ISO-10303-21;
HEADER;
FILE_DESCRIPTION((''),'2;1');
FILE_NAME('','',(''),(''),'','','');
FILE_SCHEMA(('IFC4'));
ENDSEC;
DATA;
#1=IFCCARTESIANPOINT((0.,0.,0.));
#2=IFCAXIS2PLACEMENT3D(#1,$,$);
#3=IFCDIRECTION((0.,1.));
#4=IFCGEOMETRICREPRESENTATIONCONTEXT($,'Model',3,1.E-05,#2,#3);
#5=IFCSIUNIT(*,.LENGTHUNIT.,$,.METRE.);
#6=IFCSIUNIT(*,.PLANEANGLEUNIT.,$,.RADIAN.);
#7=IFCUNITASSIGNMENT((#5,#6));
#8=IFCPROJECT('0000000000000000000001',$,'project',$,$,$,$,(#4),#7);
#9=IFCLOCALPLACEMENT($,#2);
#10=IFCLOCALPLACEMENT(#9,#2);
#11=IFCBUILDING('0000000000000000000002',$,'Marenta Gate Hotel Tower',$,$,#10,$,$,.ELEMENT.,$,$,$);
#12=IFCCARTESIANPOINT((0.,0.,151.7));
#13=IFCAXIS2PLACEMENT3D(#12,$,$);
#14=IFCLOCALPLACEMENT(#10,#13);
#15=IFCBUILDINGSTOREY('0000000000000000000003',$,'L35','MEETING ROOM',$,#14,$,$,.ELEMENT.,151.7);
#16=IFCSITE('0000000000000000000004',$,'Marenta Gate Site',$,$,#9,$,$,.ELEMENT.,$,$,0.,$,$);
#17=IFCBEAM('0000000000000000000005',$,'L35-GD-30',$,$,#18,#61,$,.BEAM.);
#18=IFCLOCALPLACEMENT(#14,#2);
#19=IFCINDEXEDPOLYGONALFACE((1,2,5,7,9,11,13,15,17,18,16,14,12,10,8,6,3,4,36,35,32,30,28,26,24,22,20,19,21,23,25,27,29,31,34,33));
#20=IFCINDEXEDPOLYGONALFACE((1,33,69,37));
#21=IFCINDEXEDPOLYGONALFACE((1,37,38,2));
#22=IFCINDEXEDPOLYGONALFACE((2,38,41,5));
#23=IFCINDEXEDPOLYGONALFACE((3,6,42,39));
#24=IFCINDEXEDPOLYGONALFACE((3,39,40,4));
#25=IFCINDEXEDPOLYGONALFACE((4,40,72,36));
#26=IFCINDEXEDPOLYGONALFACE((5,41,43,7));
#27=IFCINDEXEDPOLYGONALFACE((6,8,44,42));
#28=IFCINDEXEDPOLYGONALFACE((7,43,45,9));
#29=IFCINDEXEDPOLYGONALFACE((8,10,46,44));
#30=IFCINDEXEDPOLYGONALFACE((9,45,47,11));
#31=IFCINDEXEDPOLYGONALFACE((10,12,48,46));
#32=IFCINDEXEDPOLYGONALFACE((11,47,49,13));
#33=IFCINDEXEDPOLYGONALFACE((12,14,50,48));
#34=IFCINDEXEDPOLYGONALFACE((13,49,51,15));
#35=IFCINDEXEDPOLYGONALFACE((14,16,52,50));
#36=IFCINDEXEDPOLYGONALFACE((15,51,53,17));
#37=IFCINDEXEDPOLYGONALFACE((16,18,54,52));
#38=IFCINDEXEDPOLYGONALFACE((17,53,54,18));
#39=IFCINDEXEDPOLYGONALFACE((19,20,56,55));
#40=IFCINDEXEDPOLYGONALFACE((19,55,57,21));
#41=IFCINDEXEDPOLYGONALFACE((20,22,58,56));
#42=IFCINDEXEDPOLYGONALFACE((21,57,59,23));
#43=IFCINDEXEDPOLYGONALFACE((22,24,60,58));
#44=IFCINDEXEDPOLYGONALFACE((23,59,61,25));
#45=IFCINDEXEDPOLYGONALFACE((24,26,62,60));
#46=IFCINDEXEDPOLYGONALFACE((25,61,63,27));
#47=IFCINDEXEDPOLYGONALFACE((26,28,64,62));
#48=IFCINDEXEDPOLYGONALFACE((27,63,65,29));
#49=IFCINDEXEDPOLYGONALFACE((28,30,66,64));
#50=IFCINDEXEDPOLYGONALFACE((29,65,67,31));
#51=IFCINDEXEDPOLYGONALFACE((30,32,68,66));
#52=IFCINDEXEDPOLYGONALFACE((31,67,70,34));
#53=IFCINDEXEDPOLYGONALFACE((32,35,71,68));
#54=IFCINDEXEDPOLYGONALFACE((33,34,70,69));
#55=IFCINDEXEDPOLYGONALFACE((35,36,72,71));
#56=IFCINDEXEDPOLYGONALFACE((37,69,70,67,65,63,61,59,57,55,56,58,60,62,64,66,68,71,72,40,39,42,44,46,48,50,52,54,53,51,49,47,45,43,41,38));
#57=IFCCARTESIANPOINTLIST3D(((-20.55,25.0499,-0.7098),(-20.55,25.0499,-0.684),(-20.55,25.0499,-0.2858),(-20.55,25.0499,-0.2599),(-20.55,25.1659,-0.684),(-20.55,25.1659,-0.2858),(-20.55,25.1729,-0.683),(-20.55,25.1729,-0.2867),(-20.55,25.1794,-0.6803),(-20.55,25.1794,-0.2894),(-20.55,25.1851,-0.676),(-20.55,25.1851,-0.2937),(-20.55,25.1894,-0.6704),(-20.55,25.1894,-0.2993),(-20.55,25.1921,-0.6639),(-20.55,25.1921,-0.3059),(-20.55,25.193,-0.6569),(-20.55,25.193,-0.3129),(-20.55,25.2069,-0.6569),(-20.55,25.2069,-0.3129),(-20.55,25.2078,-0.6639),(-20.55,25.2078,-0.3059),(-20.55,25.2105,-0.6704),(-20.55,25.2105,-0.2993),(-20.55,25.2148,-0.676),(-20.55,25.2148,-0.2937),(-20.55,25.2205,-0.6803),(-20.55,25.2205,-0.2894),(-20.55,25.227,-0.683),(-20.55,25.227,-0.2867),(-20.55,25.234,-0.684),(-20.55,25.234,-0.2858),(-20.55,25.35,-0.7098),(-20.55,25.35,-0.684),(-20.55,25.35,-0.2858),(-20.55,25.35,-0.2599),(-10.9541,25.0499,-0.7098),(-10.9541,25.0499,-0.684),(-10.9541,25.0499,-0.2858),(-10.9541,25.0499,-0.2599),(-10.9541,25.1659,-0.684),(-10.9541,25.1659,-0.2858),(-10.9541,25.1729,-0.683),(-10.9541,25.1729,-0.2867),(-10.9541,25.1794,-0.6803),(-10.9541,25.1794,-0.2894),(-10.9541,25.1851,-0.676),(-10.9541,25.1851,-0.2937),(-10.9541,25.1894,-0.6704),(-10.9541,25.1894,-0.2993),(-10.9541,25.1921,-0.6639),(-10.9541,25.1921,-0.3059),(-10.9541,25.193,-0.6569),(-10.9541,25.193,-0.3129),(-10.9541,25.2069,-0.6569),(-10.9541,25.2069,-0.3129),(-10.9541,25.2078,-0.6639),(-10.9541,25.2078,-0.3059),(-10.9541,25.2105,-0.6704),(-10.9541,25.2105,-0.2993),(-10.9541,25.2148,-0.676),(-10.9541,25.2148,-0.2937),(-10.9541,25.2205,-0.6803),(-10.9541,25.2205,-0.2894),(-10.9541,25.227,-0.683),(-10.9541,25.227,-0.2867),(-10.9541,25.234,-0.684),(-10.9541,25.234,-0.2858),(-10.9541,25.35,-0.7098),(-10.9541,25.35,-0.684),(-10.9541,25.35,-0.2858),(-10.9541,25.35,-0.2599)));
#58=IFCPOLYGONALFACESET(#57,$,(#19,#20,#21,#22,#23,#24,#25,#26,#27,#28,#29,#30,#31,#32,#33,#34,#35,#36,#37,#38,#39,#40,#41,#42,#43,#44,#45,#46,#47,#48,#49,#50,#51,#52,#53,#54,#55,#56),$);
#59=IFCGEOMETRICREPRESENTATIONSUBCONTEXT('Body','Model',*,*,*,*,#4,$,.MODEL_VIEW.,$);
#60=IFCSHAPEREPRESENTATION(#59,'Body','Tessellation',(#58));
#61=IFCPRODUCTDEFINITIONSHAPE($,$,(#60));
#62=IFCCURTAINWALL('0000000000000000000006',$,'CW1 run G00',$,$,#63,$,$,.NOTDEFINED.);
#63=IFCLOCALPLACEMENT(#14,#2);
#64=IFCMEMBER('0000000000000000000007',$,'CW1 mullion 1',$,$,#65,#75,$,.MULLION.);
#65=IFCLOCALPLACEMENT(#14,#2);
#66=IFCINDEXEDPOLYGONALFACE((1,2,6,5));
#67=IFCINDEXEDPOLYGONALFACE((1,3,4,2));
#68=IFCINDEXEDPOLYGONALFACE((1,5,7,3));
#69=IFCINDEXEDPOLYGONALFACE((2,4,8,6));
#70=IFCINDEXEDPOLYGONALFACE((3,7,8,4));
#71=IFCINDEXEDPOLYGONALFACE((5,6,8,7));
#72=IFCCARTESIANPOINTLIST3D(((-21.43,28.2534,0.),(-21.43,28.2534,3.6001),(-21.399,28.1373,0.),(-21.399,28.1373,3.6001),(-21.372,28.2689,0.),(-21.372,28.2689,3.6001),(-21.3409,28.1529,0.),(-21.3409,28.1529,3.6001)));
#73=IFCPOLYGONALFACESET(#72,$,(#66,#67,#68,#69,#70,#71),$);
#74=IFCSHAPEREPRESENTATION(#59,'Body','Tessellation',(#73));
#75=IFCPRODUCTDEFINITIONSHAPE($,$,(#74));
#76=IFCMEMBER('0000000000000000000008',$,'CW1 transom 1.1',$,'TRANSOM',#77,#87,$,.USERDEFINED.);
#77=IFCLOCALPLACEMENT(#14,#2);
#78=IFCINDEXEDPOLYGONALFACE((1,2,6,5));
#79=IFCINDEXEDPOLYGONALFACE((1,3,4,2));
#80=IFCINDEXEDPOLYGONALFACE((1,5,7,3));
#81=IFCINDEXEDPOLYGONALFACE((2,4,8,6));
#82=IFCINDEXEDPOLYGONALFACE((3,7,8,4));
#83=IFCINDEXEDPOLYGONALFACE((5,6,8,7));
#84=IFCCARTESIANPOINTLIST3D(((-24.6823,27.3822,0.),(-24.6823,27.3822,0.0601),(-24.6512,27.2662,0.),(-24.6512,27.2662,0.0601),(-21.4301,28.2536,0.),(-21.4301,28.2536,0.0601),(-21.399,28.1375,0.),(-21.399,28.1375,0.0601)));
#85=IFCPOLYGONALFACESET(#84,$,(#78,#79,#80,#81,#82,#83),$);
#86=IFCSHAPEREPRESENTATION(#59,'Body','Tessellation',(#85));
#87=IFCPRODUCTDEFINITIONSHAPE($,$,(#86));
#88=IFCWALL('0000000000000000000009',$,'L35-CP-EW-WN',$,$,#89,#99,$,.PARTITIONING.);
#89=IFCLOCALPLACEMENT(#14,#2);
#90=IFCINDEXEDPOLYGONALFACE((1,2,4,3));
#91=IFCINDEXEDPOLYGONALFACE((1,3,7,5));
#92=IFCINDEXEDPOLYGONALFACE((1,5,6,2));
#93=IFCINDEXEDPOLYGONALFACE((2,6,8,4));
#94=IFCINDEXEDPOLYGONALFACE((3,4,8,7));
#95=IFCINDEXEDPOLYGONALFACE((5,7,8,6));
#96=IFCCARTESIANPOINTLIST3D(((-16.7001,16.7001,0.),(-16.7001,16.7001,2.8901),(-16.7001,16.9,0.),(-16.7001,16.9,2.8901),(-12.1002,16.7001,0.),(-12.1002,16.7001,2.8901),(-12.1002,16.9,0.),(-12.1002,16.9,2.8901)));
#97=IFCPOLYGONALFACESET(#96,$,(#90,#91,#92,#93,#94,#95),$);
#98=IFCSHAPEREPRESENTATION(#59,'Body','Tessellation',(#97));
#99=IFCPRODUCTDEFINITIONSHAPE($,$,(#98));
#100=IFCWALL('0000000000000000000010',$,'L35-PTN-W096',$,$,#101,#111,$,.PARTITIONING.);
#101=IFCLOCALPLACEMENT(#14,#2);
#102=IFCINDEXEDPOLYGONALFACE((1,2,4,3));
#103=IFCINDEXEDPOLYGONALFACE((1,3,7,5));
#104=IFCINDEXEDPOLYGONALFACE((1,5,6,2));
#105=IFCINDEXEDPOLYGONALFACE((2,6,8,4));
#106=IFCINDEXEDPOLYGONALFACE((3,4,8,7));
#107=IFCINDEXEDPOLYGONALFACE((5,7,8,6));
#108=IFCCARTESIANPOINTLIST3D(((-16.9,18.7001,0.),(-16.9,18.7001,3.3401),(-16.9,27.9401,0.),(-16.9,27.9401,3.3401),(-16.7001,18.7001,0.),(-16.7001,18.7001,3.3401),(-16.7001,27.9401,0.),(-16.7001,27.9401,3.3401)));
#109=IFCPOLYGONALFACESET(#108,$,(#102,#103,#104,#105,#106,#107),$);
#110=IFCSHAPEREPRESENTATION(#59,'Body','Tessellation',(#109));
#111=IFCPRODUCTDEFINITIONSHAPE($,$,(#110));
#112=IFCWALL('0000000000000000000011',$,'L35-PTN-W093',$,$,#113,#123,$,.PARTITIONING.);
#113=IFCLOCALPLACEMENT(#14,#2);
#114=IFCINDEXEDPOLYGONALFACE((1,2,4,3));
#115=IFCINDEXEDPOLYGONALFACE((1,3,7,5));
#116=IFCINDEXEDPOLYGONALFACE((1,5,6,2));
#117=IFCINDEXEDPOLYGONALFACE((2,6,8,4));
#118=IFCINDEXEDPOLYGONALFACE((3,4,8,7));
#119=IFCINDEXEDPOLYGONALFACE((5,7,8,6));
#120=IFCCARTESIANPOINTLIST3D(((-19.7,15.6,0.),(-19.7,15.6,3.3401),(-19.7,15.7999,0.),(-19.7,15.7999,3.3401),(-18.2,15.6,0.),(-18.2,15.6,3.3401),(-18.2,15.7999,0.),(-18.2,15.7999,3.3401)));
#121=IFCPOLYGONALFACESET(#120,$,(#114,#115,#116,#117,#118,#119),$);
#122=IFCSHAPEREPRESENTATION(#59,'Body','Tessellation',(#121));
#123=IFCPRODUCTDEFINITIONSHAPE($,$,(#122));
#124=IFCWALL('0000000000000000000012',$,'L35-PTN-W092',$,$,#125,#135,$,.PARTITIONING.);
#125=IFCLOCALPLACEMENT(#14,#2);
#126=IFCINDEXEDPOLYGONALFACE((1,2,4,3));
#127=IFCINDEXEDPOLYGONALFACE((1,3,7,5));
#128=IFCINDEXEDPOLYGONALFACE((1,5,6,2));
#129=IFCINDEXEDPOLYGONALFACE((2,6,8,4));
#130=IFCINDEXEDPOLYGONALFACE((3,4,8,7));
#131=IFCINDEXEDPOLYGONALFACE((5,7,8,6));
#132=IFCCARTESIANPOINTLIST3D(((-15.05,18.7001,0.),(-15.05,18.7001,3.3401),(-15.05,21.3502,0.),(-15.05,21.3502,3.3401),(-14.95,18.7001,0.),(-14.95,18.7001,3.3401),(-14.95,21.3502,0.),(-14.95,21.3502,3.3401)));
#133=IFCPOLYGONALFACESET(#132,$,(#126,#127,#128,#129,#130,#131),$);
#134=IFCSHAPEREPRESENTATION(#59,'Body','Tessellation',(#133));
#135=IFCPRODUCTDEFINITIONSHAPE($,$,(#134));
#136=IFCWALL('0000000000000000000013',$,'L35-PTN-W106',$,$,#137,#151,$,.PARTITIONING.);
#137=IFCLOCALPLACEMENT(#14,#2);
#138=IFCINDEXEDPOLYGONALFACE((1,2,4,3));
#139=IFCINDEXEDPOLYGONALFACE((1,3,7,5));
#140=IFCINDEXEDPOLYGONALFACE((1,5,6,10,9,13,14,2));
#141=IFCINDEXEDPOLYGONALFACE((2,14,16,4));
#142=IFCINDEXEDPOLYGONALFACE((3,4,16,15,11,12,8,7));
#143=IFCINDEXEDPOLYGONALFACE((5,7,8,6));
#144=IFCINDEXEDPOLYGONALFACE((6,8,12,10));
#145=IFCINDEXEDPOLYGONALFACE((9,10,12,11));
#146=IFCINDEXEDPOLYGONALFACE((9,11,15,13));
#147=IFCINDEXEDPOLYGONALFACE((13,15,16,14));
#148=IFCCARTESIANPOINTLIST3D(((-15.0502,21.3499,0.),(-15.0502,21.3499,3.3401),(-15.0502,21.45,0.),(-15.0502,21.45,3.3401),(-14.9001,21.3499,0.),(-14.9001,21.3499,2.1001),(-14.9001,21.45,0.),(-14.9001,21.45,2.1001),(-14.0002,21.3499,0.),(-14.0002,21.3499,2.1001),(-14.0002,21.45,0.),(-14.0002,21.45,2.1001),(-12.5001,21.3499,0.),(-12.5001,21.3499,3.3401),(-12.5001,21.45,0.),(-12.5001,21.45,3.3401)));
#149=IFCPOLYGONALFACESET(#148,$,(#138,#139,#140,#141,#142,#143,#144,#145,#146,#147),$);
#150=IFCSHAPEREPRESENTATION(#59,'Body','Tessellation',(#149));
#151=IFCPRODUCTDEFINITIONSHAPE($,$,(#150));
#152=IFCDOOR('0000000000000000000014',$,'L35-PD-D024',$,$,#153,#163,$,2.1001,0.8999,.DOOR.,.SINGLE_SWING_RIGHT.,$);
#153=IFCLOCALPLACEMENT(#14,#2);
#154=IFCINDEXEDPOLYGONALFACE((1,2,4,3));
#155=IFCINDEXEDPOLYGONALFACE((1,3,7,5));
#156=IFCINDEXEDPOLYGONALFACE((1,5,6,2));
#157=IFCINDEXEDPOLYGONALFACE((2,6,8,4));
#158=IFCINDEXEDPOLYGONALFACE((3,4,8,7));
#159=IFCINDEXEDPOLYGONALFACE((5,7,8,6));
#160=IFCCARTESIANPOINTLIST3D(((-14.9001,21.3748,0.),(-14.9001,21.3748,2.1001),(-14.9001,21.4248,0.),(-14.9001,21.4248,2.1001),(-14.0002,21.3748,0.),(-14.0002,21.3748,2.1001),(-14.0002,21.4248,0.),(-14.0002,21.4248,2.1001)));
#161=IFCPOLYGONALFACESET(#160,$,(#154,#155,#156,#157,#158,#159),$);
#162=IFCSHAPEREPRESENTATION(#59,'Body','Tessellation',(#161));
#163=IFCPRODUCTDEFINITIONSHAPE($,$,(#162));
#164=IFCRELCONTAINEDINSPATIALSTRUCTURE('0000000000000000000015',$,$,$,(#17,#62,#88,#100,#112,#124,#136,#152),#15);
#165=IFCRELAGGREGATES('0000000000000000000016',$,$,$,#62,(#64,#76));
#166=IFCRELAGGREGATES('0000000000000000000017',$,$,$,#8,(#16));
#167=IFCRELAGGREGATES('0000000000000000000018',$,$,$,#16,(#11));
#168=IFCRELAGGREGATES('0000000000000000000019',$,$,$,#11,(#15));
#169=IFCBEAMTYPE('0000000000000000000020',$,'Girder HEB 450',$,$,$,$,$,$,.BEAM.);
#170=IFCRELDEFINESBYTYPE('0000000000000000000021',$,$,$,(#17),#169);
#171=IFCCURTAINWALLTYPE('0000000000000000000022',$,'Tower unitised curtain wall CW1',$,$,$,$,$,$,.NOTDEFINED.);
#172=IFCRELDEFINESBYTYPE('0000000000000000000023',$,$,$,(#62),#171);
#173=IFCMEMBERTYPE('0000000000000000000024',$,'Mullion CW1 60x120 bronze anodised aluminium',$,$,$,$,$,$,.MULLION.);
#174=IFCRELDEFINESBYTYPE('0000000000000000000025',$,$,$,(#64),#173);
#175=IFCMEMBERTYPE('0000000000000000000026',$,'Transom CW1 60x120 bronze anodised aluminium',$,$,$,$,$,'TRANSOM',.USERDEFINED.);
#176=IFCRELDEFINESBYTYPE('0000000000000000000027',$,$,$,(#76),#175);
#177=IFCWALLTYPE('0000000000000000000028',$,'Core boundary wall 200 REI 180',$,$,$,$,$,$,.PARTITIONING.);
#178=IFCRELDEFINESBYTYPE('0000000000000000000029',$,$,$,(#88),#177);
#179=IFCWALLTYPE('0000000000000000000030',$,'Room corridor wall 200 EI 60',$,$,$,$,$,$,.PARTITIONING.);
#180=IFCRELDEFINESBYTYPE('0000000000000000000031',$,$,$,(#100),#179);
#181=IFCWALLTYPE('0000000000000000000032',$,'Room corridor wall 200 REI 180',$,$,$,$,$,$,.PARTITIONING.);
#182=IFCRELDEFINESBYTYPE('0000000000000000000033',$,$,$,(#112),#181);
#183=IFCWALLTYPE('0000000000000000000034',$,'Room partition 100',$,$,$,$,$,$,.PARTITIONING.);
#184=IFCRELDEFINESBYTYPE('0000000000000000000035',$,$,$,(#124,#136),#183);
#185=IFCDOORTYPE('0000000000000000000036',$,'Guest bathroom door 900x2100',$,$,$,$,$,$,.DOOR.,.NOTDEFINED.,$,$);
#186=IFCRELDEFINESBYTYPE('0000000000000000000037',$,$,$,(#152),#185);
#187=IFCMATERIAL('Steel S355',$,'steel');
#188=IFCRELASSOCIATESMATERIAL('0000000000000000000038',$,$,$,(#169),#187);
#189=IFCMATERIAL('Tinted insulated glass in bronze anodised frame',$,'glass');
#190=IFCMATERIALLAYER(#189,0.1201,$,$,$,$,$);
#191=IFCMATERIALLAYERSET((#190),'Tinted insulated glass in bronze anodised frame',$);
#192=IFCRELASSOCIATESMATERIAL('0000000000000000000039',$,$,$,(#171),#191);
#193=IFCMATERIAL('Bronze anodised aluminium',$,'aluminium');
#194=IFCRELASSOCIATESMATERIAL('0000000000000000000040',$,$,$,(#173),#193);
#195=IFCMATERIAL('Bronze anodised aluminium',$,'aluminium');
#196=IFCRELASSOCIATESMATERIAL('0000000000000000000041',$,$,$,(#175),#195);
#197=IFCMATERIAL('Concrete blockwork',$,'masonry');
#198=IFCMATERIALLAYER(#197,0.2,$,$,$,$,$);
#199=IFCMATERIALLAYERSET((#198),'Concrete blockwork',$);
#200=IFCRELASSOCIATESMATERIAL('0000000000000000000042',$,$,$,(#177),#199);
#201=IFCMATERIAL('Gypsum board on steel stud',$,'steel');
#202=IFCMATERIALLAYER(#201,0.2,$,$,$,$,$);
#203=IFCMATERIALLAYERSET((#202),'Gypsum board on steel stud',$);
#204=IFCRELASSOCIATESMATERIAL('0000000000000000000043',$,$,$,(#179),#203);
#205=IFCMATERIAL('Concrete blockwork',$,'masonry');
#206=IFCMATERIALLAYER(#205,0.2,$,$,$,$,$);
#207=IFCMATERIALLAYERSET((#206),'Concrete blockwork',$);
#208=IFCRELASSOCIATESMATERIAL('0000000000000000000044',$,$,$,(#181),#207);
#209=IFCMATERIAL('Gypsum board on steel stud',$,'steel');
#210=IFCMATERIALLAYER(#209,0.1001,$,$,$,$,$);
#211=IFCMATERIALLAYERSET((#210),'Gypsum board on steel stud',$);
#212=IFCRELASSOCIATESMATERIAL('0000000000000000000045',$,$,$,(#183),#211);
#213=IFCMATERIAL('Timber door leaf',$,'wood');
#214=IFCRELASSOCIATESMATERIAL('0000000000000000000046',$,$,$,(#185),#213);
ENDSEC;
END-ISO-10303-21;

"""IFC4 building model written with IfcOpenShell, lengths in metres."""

from ifc_helpers import new_model, si_unit, direction, frame, frame_2d, origin, origin_2d, place, context, subcontext, project, spatial, rectangle, i_section, extrude, material, layer, layer_set, material_profile, profile_set, type_object, element, fill, aggregate, save


model = new_model("IFC4")

# Units and contexts
model_context = context("Model", 3, precision=1e-05, world=origin(), true_north=direction((0.0, 1.0)))
body_context = subcontext(model_context, "Body", "Model", "MODEL_VIEW")
ifc_project = project(units=[si_unit("LENGTHUNIT", "METRE"), si_unit("PLANEANGLEUNIT", "RADIAN")], contexts=[model_context])

# Site, building, storey
site_placement = place(None, origin())
site = spatial("IfcSite", under=ifc_project, at=site_placement, Name="Marenta Gate Site", CompositionType="ELEMENT", RefElevation=0.0)
building_placement = place(site_placement, origin())
building = spatial("IfcBuilding", under=site, at=building_placement, Name="Marenta Gate Hotel Tower", CompositionType="ELEMENT")
storey_placement = place(building_placement, frame((0.0, 0.0, 151.7)))
storey = spatial("IfcBuildingStorey", under=building, at=storey_placement, Name="L35", Description="MEETING ROOM", CompositionType="ELEMENT", Elevation=151.7)

# Beam
ifc_material_1 = material(Name="Steel S355", Category="steel")
ifc_material_profile_1 = material_profile(ifc_material_1, i_section(OverallWidth=0.3, OverallDepth=0.45, WebThickness=0.0139, FlangeThickness=0.0259, FilletRadius=0.0271, at=origin_2d()), Name="HEB 450")
ifc_profile_set_1 = profile_set([ifc_material_profile_1], Name="Steel S355")
beam_type_1 = type_object("IfcBeamType", Name="Girder HEB 450", PredefinedType="BEAM", material=ifc_profile_set_1)
beam_1_placement = place(storey_placement, frame((-20.55, 25.2, -0.4849), z_axis=(1.0, 0.0, 0.0), x_axis=(0.0, 1.0, 0.0)))
element("IfcBeam", 1, at=beam_1_placement, inside=storey, type_object=beam_type_1, Name="L35-GD-30", PredefinedType="BEAM", context=body_context, shape_type="SweptSolid", body=[
    extrude(i_section(OverallWidth=0.3, OverallDepth=0.45, WebThickness=0.0139, FlangeThickness=0.0259, FilletRadius=0.0271, at=origin_2d()), origin(), (0.0, 0.0, 1.0), 9.5959),
])

# Curtain wall, members
ifc_material_2 = material(Name="Tinted insulated glass in bronze anodised frame", Category="glass")
ifc_layer_1 = layer(ifc_material_2, 0.1201)
ifc_layer_set_1 = layer_set([ifc_layer_1], Name="Tinted insulated glass in bronze anodised frame")
curtain_wall_type = type_object("IfcCurtainWallType", Name="Tower unitised curtain wall CW1", PredefinedType="NOTDEFINED", material=ifc_layer_set_1)
curtain_wall_placement = place(storey_placement, origin())
curtain_wall = element("IfcCurtainWall", 2, at=curtain_wall_placement, inside=storey, type_object=curtain_wall_type, Name="CW1 run G00", PredefinedType="NOTDEFINED")
ifc_material_3 = material(Name="Bronze anodised aluminium", Category="aluminium")
ifc_material_profile_2 = material_profile(ifc_material_3, rectangle(XDim=0.1201, YDim=0.0601, at=origin_2d()), Name="Mullion CW1 60x120 bronze anodised aluminium")
ifc_profile_set_2 = profile_set([ifc_material_profile_2], Name="Bronze anodised aluminium")
member_type_1 = type_object("IfcMemberType", Name="Mullion CW1 60x120 bronze anodised aluminium", PredefinedType="MULLION", material=ifc_profile_set_2)
member_1_placement = place(storey_placement, frame((-21.3855, 28.2031, 0.0), z_axis=(0.0, 0.0, 1.0), x_axis=(0.258801, -0.965931, 0.0)))
member_1 = element("IfcMember", 3, at=member_1_placement, type_object=member_type_1, Name="CW1 mullion 1", PredefinedType="MULLION", context=body_context, shape_type="SweptSolid", body=[
    extrude(rectangle(XDim=0.1201, YDim=0.0601, at=origin_2d()), origin(), (0.0, 0.0, 1.0), 3.6001),
])
ifc_material_4 = material(Name="Bronze anodised aluminium", Category="aluminium")
ifc_material_profile_3 = material_profile(ifc_material_4, rectangle(XDim=0.1201, YDim=0.0601, at=origin_2d()), Name="Transom CW1 60x120 bronze anodised aluminium")
ifc_profile_set_3 = profile_set([ifc_material_profile_3], Name="Bronze anodised aluminium")
member_type_2 = type_object("IfcMemberType", Name="Transom CW1 60x120 bronze anodised aluminium", ElementType="TRANSOM", PredefinedType="USERDEFINED", material=ifc_profile_set_3)
member_2_placement = place(storey_placement, frame((-21.4146, 28.1956, 0.03), z_axis=(-0.965932, -0.258795, 0.0), x_axis=(0.258795, -0.965932, 0.0)))
member_2 = element("IfcMember", 4, at=member_2_placement, type_object=member_type_2, Name="CW1 transom 1.1", ObjectType="TRANSOM", PredefinedType="USERDEFINED", context=body_context, shape_type="SweptSolid", body=[
    extrude(rectangle(XDim=0.1201, YDim=0.0601, at=origin_2d()), origin(), (0.0, 0.0, 1.0), 3.3669),
])
aggregate(curtain_wall, [member_1, member_2])

# Walls
ifc_material_5 = material(Name="Concrete blockwork", Category="masonry")
ifc_layer_2 = layer(ifc_material_5, 0.2)
ifc_layer_set_2 = layer_set([ifc_layer_2], Name="Concrete blockwork")
wall_type_1 = type_object("IfcWallType", Name="Core boundary wall 200 REI 180", PredefinedType="PARTITIONING", material=ifc_layer_set_2)
wall_1_placement = place(storey_placement, frame((-16.7, 16.8, 0.0), z_axis=(0.0, 0.0, 1.0), x_axis=(1.0, 0.0, 0.0)))
element("IfcWall", 5, at=wall_1_placement, inside=storey, type_object=wall_type_1, Name="L35-CP-EW-WN", PredefinedType="PARTITIONING", context=body_context, shape_type="SweptSolid", body=[
    extrude(rectangle(XDim=4.5999, YDim=0.2, at=frame_2d((2.2998, 0.0))), origin(), (0.0, 0.0, 1.0), 2.8901),
])
ifc_material_6 = material(Name="Gypsum board on steel stud", Category="steel")
ifc_layer_3 = layer(ifc_material_6, 0.2)
ifc_layer_set_3 = layer_set([ifc_layer_3], Name="Gypsum board on steel stud")
wall_type_2 = type_object("IfcWallType", Name="Room corridor wall 200 EI 60", PredefinedType="PARTITIONING", material=ifc_layer_set_3)
wall_2_placement = place(storey_placement, frame((-16.8, 18.7, 0.0), z_axis=(0.0, 0.0, 1.0), x_axis=(0.0, 1.0, 0.0)))
element("IfcWall", 6, at=wall_2_placement, inside=storey, type_object=wall_type_2, Name="L35-PTN-W096", PredefinedType="PARTITIONING", context=body_context, shape_type="SweptSolid", body=[
    extrude(rectangle(XDim=9.24, YDim=0.2, at=frame_2d((4.6201, 0.0))), origin(), (0.0, 0.0, 1.0), 3.3401),
])

# Walls
ifc_material_7 = material(Name="Concrete blockwork", Category="masonry")
ifc_layer_4 = layer(ifc_material_7, 0.2)
ifc_layer_set_4 = layer_set([ifc_layer_4], Name="Concrete blockwork")
wall_type_3 = type_object("IfcWallType", Name="Room corridor wall 200 REI 180", PredefinedType="PARTITIONING", material=ifc_layer_set_4)
wall_3_placement = place(storey_placement, frame((-19.7, 15.7, 0.0), z_axis=(0.0, 0.0, 1.0), x_axis=(1.0, 0.0, 0.0)))
element("IfcWall", 7, at=wall_3_placement, inside=storey, type_object=wall_type_3, Name="L35-PTN-W093", PredefinedType="PARTITIONING", context=body_context, shape_type="SweptSolid", body=[
    extrude(rectangle(XDim=1.5, YDim=0.2, at=frame_2d((0.75, 0.0))), origin(), (0.0, 0.0, 1.0), 3.3401),
])
ifc_material_8 = material(Name="Gypsum board on steel stud", Category="steel")
ifc_layer_5 = layer(ifc_material_8, 0.1001)
ifc_layer_set_5 = layer_set([ifc_layer_5], Name="Gypsum board on steel stud")
wall_type_4 = type_object("IfcWallType", Name="Room partition 100", PredefinedType="PARTITIONING", material=ifc_layer_set_5)
wall_4_placement = place(storey_placement, frame((-15.0, 18.7, 0.0), z_axis=(0.0, 0.0, 1.0), x_axis=(0.0, 1.0, 0.0)))
element("IfcWall", 8, at=wall_4_placement, inside=storey, type_object=wall_type_4, Name="L35-PTN-W092", PredefinedType="PARTITIONING", context=body_context, shape_type="SweptSolid", body=[
    extrude(rectangle(XDim=2.6501, YDim=0.1001, at=frame_2d((1.3252, 0.0))), origin(), (0.0, 0.0, 1.0), 3.3401),
])

# Wall, opening, door
wall_5_placement = place(storey_placement, frame((-15.05, 21.3999, 0.0), z_axis=(0.0, 0.0, 1.0), x_axis=(1.0, 0.0, 0.0)))
wall_5 = element("IfcWall", 9, at=wall_5_placement, inside=storey, type_object=wall_type_4, Name="L35-PTN-W106", PredefinedType="PARTITIONING", context=body_context, shape_type="SweptSolid", body=[
    extrude(rectangle(XDim=2.55, YDim=0.1001, at=frame_2d((1.2749, 0.0))), origin(), (0.0, 0.0, 1.0), 3.3401),
])
opening_1_placement = place(wall_5_placement, frame((0.1499, 0.0, 0.0)))
opening_1 = element("IfcOpeningElement", 10, at=opening_1_placement, cuts=wall_5, PredefinedType="OPENING", context=body_context, shape_type="SweptSolid", body=[
    extrude(rectangle(XDim=0.8999, YDim=2.1001, at=frame_2d((0.45, 1.05))), frame((0.0, 0.05, 0.0), z_axis=(0.0, -1.0, 0.0), x_axis=(1.0, 0.0, 0.0)), (0.0, 0.0, 1.0), 0.1001),
])
ifc_material_9 = material(Name="Timber door leaf", Category="wood")
door_type_1 = type_object("IfcDoorType", Name="Guest bathroom door 900x2100", OperationType="NOTDEFINED", PredefinedType="DOOR", material=ifc_material_9)
door_1_placement = place(opening_1_placement, origin())
door_1 = element("IfcDoor", 11, at=door_1_placement, inside=storey, type_object=door_type_1, Name="L35-PD-D024", OperationType="SINGLE_SWING_RIGHT", OverallHeight=2.1001, OverallWidth=0.8999, PredefinedType="DOOR", context=body_context, shape_type="SweptSolid", body=[
    extrude(rectangle(XDim=0.8999, YDim=2.1001, at=frame_2d((0.45, 1.05))), frame((0.0, 0.0249, 0.0), z_axis=(0.0, -1.0, 0.0), x_axis=(1.0, 0.0, 0.0)), (0.0, 0.0, 1.0), 0.05),
])
fill(opening_1, door_1)

save(model, "model.ifc")
